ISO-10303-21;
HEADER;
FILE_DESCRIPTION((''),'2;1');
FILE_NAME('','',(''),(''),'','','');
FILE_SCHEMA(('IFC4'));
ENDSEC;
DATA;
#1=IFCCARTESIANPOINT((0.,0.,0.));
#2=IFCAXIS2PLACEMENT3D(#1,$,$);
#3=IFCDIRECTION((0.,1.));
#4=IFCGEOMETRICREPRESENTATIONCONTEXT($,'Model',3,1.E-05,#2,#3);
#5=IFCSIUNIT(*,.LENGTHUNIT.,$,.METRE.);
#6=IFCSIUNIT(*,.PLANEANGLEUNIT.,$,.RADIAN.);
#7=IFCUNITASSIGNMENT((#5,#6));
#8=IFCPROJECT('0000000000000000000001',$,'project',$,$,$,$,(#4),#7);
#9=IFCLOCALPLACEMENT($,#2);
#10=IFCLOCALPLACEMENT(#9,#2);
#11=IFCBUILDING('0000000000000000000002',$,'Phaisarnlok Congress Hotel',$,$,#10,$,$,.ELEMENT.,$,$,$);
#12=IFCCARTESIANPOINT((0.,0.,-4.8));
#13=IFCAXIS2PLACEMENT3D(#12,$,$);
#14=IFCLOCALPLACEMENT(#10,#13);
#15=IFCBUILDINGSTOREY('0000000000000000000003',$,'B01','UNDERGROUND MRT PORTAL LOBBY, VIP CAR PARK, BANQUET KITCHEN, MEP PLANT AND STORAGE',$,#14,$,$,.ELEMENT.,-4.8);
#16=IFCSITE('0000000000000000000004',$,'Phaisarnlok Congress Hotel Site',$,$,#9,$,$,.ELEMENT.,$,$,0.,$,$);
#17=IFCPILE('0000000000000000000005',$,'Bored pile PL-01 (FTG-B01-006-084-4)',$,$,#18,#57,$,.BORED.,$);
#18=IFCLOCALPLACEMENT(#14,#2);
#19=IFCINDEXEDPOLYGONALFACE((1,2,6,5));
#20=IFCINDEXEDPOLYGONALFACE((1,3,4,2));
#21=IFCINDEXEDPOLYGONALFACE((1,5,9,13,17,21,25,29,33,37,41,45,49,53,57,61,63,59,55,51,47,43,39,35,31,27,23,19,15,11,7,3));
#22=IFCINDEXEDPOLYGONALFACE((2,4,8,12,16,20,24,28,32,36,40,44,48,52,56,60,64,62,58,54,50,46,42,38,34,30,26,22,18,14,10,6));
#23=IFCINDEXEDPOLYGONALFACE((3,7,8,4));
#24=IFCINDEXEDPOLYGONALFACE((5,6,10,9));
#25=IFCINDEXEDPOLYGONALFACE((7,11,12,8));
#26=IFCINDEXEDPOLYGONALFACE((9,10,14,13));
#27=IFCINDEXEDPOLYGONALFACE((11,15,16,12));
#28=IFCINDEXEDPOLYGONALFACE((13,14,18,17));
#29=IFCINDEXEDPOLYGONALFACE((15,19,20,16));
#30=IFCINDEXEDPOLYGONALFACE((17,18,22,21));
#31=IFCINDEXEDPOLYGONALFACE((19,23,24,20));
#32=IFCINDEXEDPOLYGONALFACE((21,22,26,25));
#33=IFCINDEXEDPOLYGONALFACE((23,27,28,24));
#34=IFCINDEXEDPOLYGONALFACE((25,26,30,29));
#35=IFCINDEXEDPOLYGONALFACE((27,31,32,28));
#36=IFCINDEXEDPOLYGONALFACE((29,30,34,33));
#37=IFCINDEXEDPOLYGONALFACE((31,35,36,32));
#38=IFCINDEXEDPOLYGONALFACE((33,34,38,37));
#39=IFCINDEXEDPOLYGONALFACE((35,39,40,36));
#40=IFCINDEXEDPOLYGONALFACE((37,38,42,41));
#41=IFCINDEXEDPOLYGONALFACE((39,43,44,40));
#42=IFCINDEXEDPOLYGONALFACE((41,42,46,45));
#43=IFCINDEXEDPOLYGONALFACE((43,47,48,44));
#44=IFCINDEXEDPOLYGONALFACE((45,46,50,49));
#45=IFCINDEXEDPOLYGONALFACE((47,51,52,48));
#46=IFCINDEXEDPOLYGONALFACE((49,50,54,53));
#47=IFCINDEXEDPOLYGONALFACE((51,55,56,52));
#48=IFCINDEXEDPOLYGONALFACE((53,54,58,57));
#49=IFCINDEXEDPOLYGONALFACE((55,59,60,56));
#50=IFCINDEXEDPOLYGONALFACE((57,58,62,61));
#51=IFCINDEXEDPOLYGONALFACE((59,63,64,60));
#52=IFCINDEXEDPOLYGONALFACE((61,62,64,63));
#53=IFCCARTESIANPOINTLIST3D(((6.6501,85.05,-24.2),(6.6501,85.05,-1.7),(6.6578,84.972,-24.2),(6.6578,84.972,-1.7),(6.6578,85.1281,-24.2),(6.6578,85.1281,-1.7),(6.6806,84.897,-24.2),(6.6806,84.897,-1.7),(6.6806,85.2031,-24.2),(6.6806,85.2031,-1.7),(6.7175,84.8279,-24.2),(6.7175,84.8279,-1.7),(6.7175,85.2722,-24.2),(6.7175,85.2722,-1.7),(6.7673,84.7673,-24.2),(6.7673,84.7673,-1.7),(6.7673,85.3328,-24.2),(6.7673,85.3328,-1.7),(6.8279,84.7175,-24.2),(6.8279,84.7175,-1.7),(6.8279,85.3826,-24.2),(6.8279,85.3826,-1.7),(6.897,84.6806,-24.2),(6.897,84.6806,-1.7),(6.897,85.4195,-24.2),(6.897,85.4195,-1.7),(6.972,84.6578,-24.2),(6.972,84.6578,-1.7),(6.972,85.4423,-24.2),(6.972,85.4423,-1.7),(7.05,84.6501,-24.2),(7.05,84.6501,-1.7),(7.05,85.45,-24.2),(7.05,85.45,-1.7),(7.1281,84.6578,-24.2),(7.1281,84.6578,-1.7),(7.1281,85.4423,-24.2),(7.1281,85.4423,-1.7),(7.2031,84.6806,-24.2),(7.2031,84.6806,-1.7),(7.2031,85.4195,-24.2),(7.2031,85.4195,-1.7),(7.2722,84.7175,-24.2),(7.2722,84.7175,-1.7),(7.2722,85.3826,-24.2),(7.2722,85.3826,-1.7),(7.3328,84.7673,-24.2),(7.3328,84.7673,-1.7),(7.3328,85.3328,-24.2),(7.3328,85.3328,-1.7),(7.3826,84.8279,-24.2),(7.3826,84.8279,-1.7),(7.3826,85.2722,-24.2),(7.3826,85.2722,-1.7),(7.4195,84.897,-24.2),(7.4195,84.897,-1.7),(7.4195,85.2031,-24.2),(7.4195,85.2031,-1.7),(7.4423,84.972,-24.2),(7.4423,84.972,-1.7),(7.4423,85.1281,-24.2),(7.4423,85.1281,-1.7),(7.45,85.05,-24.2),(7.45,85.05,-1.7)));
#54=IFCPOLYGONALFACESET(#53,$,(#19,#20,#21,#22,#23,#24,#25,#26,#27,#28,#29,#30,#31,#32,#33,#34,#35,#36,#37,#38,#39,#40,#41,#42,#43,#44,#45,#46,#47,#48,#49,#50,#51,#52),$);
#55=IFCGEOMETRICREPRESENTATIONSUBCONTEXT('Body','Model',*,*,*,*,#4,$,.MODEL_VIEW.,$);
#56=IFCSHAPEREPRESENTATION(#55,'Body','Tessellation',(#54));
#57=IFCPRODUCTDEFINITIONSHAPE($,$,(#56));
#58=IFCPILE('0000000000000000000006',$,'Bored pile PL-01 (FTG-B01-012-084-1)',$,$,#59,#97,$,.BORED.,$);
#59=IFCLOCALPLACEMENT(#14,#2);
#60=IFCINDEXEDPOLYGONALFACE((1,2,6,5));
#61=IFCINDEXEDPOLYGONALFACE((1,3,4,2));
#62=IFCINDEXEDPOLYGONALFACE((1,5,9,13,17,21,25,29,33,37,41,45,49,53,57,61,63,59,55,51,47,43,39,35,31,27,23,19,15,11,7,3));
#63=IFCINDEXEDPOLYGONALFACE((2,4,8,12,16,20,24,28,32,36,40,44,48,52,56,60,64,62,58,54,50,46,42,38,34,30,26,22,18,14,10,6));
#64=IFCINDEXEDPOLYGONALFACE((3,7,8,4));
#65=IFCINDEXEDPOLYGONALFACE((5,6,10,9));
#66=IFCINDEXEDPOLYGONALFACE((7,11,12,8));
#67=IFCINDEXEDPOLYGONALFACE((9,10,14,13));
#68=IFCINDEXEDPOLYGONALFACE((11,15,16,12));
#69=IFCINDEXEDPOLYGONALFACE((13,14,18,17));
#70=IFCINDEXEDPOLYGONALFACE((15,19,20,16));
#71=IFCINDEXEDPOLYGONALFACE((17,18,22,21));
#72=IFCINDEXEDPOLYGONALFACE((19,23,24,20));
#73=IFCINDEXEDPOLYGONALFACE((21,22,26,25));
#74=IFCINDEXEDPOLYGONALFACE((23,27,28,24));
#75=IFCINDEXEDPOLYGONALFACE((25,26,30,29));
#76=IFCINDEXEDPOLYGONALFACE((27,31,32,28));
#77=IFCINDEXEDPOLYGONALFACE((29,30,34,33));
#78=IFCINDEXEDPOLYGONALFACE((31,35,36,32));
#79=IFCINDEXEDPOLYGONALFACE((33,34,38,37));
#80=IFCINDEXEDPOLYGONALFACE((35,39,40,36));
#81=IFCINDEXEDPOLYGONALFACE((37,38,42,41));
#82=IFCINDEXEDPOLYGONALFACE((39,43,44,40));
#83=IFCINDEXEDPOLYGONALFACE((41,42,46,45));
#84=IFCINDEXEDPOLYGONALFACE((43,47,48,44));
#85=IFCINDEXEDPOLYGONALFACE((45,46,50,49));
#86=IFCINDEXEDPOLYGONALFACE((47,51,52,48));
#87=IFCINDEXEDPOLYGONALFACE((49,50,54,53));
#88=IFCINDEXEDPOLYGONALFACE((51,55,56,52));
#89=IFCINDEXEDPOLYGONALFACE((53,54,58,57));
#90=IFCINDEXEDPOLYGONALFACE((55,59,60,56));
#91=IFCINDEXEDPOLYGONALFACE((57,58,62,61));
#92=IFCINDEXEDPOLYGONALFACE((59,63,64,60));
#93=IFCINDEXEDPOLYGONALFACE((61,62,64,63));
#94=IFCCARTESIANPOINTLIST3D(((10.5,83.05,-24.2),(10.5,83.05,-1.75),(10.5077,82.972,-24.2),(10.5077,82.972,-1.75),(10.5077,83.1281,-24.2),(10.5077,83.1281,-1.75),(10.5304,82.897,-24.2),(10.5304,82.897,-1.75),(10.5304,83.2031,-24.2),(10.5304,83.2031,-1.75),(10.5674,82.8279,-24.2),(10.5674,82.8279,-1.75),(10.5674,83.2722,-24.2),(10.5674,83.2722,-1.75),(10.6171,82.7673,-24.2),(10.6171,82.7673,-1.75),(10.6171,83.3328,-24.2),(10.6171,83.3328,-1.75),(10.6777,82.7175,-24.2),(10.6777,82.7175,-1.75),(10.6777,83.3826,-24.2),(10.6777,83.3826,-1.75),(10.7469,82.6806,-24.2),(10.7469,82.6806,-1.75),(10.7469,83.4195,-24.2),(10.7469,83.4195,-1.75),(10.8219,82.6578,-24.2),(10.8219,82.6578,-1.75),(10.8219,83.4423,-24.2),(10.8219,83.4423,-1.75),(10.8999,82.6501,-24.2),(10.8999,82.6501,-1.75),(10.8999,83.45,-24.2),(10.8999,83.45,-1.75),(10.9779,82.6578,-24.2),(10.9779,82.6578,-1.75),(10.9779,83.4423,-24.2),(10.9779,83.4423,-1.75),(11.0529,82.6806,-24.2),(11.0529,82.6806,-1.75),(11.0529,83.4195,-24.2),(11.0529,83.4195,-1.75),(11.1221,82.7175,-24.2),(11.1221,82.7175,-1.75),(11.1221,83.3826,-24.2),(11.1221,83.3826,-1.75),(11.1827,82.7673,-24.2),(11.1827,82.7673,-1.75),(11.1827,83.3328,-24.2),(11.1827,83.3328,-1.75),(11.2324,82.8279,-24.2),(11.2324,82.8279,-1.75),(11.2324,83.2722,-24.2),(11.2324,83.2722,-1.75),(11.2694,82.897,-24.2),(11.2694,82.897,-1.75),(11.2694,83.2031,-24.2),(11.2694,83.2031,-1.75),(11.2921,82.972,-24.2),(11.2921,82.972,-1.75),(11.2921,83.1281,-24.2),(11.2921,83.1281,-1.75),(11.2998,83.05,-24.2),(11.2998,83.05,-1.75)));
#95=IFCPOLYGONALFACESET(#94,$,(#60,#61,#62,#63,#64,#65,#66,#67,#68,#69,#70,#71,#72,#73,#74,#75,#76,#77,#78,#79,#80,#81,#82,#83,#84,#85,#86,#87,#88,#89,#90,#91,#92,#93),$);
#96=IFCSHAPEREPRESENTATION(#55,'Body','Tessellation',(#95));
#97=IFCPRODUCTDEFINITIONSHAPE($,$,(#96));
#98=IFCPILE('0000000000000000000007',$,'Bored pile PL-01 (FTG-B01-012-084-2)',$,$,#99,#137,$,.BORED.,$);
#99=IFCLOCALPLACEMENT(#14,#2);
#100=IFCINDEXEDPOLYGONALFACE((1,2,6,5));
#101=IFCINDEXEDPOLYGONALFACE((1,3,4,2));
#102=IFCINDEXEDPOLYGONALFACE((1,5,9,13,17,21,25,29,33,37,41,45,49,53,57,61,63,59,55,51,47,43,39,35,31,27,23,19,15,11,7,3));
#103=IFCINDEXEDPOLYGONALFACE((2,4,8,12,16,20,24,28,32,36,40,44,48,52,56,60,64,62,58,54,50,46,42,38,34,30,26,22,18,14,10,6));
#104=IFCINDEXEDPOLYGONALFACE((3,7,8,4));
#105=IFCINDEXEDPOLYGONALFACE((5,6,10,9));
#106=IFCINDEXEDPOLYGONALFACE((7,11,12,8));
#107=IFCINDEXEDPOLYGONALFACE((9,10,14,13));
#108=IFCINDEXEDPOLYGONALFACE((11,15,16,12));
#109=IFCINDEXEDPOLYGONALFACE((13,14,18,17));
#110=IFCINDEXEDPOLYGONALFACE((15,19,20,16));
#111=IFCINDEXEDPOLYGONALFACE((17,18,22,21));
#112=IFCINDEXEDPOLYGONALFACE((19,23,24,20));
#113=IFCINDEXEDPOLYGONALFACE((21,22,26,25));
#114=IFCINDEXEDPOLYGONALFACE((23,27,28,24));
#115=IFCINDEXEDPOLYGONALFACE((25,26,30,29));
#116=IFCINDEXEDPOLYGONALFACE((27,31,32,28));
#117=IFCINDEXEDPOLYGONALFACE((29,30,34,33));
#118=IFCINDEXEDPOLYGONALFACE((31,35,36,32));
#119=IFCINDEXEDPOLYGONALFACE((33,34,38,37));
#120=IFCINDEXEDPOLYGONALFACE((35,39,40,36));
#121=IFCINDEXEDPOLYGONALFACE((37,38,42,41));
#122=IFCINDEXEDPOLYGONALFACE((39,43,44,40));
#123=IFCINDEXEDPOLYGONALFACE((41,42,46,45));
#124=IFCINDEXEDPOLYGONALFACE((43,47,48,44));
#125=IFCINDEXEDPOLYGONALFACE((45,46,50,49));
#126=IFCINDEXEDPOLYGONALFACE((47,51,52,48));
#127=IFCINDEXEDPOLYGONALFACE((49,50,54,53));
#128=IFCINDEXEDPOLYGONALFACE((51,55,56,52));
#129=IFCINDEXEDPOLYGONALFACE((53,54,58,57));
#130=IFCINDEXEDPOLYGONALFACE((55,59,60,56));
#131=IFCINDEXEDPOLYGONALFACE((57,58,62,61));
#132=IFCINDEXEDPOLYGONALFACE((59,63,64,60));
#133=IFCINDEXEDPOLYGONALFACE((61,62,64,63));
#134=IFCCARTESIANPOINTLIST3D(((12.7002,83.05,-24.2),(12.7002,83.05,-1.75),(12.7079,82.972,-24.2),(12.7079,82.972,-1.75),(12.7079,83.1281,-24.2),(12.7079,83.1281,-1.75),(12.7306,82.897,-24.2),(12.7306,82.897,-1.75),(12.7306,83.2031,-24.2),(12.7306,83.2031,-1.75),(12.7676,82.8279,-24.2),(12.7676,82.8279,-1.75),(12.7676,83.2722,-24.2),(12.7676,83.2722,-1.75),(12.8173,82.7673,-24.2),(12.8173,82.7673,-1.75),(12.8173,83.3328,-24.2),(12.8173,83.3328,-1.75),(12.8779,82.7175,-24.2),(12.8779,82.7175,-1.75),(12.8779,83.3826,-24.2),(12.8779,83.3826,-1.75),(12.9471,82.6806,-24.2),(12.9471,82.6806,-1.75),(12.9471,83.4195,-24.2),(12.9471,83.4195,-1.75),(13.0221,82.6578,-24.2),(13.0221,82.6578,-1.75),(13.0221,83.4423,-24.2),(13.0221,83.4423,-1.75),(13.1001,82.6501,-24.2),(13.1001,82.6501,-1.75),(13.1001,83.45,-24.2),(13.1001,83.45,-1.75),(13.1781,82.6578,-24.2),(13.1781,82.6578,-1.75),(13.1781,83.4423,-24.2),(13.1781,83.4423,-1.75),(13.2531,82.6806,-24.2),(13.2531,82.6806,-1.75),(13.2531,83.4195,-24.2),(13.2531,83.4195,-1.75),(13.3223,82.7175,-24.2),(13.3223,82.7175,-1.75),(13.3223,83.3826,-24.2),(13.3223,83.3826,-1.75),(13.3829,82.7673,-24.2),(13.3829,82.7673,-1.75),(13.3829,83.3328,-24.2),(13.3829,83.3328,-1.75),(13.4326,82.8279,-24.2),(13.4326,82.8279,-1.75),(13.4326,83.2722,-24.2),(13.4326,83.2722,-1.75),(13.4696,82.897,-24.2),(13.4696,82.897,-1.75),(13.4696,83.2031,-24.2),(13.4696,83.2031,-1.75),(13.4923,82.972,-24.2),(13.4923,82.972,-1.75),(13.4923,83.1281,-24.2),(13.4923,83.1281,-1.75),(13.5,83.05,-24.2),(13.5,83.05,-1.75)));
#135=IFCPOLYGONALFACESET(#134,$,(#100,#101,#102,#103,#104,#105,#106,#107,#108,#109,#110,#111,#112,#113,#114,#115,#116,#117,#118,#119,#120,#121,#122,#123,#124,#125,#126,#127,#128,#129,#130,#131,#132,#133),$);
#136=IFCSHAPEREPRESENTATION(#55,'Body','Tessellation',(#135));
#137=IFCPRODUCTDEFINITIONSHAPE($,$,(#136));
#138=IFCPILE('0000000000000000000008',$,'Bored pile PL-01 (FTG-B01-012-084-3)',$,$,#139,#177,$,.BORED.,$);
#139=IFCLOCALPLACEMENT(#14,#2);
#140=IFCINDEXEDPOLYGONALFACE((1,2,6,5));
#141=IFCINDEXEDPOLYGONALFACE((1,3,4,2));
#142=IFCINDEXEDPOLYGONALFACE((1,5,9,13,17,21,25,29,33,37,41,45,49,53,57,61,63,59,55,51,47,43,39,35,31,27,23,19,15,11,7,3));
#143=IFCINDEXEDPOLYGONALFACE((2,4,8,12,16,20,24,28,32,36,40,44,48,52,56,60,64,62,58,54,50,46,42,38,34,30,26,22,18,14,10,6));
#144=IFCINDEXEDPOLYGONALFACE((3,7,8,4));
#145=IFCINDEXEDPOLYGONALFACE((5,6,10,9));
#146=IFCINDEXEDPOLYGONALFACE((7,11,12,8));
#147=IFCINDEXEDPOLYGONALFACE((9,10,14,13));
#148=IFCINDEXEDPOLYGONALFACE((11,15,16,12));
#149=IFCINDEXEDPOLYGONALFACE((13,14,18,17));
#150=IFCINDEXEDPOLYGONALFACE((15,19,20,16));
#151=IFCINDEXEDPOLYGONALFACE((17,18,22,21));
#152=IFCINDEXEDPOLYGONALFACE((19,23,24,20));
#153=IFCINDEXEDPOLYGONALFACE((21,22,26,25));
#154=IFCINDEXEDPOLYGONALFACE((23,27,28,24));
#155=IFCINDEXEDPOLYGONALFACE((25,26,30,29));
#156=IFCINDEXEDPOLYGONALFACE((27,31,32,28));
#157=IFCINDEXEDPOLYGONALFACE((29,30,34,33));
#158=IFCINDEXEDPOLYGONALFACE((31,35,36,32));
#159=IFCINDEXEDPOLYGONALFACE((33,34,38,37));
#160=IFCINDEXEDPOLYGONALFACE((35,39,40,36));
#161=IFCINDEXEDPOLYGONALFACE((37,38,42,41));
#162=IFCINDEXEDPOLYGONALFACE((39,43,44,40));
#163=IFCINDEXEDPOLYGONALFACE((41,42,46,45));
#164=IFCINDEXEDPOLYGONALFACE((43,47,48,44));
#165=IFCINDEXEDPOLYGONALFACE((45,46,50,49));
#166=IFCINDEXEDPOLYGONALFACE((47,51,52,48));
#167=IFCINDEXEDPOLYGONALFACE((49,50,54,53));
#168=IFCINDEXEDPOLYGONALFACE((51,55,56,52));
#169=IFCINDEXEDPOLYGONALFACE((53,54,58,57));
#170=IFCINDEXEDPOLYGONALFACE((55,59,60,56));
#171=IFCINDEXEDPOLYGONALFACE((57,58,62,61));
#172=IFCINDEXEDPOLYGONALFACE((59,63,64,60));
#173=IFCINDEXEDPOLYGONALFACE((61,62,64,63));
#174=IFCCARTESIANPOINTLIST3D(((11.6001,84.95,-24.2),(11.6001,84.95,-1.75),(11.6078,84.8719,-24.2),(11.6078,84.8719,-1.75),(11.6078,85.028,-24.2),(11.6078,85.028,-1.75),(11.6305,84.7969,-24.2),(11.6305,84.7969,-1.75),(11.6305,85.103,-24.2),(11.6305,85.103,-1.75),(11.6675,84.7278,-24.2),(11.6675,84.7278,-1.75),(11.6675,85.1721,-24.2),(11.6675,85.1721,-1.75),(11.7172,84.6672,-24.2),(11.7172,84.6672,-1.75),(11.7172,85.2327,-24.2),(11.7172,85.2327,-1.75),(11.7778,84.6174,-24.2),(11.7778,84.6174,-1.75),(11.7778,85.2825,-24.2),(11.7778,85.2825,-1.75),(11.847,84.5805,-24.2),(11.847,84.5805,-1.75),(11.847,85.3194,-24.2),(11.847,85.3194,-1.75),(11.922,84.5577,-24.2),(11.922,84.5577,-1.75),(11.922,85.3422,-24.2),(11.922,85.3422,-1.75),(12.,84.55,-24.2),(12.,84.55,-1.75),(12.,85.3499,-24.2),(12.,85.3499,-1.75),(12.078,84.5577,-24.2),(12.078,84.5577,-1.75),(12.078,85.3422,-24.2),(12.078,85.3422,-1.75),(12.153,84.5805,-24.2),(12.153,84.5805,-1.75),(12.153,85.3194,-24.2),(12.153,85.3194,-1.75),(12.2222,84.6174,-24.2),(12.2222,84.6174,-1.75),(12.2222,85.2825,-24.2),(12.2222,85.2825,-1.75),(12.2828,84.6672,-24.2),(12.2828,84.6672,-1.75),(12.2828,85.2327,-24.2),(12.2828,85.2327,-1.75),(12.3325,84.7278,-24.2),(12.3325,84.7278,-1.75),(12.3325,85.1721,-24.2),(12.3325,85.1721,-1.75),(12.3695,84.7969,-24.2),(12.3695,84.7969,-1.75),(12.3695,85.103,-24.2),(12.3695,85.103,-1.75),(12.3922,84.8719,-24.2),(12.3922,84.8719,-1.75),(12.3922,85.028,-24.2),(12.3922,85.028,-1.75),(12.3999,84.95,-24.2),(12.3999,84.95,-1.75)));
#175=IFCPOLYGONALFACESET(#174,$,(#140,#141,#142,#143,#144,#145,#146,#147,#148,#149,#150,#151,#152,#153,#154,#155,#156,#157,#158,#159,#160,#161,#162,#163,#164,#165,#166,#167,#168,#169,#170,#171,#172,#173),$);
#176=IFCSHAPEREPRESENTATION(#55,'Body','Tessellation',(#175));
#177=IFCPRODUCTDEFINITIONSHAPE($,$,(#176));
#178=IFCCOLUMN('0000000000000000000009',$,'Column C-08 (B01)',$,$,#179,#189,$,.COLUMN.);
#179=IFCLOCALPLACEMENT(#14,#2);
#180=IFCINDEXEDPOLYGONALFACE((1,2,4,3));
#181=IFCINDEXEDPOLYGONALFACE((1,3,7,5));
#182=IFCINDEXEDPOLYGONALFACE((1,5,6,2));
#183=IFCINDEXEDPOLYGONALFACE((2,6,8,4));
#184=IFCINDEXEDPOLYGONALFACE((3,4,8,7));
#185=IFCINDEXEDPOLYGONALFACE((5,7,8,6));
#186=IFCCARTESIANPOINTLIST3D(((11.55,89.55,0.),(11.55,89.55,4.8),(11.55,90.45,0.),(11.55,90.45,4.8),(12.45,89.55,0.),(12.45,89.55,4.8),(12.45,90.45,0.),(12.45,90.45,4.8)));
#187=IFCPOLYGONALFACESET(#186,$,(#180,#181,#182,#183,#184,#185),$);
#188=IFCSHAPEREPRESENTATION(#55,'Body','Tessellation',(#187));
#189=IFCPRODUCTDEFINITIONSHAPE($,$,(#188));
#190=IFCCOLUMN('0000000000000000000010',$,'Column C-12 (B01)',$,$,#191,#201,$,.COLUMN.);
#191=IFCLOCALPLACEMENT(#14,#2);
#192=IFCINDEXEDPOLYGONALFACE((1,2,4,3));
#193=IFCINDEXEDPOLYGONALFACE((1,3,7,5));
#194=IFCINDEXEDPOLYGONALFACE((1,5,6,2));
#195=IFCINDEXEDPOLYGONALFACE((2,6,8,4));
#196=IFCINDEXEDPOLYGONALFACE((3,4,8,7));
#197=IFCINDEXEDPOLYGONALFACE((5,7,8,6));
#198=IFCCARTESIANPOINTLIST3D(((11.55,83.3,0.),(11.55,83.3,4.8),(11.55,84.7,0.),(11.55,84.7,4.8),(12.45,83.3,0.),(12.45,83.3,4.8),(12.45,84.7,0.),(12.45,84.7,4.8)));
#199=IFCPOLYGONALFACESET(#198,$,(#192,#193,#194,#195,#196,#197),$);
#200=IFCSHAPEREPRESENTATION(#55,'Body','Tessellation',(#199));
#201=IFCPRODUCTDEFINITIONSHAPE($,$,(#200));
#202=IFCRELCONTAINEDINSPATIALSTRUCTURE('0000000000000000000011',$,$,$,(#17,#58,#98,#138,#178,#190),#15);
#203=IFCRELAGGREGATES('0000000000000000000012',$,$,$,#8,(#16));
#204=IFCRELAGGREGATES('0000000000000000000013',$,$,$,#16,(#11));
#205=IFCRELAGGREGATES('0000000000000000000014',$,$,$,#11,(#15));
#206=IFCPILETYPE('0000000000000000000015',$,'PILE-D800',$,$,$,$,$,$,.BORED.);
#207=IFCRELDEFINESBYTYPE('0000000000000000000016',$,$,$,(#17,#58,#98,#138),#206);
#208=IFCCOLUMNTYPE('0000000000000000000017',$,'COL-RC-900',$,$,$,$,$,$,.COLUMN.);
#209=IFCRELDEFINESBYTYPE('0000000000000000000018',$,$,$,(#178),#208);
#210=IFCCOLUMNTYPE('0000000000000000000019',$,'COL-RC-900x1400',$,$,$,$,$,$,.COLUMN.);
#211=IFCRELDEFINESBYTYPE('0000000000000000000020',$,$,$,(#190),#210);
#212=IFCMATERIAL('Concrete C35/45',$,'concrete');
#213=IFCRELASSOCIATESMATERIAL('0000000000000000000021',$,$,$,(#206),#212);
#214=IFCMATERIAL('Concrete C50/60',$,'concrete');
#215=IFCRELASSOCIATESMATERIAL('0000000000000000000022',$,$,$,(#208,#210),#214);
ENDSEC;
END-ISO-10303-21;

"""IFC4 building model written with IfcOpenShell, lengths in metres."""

from ifc_helpers import new_model, si_unit, direction, frame, origin, origin_2d, place, context, subcontext, project, spatial, rectangle, circle, extrude, material, material_profile, profile_set, type_object, element, save


model = new_model("IFC4")

# Units and contexts
model_context = context("Model", 3, precision=1e-05, world=origin(), true_north=direction((0.0, 1.0)))
body_context = subcontext(model_context, "Body", "Model", "MODEL_VIEW")
ifc_project = project(units=[si_unit("LENGTHUNIT", "METRE"), si_unit("PLANEANGLEUNIT", "RADIAN")], contexts=[model_context])

# Site, building, storey
site_placement = place(None, origin())
site = spatial("IfcSite", under=ifc_project, at=site_placement, Name="Phaisarnlok Congress Hotel Site", CompositionType="ELEMENT", RefElevation=0.0)
building_placement = place(site_placement, origin())
building = spatial("IfcBuilding", under=site, at=building_placement, Name="Phaisarnlok Congress Hotel", CompositionType="ELEMENT")
storey_placement = place(building_placement, frame((0.0, 0.0, -4.8)))
storey = spatial("IfcBuildingStorey", under=building, at=storey_placement, Name="B01", Description="UNDERGROUND MRT PORTAL LOBBY, VIP CAR PARK, BANQUET KITCHEN, MEP PLANT AND STORAGE", CompositionType="ELEMENT", Elevation=-4.8)

# Piles
ifc_material_1 = material(Name="Concrete C35/45", Category="concrete")
ifc_material_profile_1 = material_profile(ifc_material_1, circle(Radius=0.3999, at=origin_2d()), Name="BORED PILE D800")
ifc_profile_set_1 = profile_set([ifc_material_profile_1], Name="Concrete C35/45")
pile_type_1 = type_object("IfcPileType", Name="PILE-D800", PredefinedType="BORED", material=ifc_profile_set_1)
for number, where, z_axis, x_axis, name in (
    (1, (7.05, 85.05, -1.7), (0.0, 0.0, -1.0), (1.0, 0.0, 0.0), "Bored pile PL-01 (FTG-B01-006-084-4)"),
):
    element("IfcPile", number, at=place(storey_placement, frame(where, z_axis=z_axis, x_axis=x_axis)), inside=storey, type_object=pile_type_1, Name=name, PredefinedType="BORED", context=body_context, shape_type="SweptSolid", body=[
        extrude(circle(Radius=0.3999, at=origin_2d()), origin(), (0.0, 0.0, 1.0), 22.5),
    ])
for number, where, z_axis, x_axis, name in (
    (2, (10.8999, 83.05, -1.75), (0.0, 0.0, -1.0), (1.0, 0.0, 0.0), "Bored pile PL-01 (FTG-B01-012-084-1)"),
    (3, (13.1001, 83.05, -1.75), (0.0, 0.0, -1.0), (1.0, 0.0, 0.0), "Bored pile PL-01 (FTG-B01-012-084-2)"),
    (4, (12.0, 84.95, -1.75), (0.0, 0.0, -1.0), (1.0, 0.0, 0.0), "Bored pile PL-01 (FTG-B01-012-084-3)"),
):
    element("IfcPile", number, at=place(storey_placement, frame(where, z_axis=z_axis, x_axis=x_axis)), inside=storey, type_object=pile_type_1, Name=name, PredefinedType="BORED", context=body_context, shape_type="SweptSolid", body=[
        extrude(circle(Radius=0.3999, at=origin_2d()), origin(), (0.0, 0.0, 1.0), 22.45),
    ])

# Columns
ifc_material_2 = material(Name="Concrete C50/60", Category="concrete")
ifc_material_profile_2 = material_profile(ifc_material_2, rectangle(XDim=0.8999, YDim=0.8999, at=origin_2d()), Name="RC 900x900")
ifc_profile_set_2 = profile_set([ifc_material_profile_2], Name="Concrete C50/60")
column_type_1 = type_object("IfcColumnType", Name="COL-RC-900", PredefinedType="COLUMN", material=ifc_profile_set_2)
column_1_placement = place(storey_placement, frame((12.0, 90.0, 0.0), z_axis=(0.0, 0.0, 1.0), x_axis=(1.0, 0.0, 0.0)))
element("IfcColumn", 5, at=column_1_placement, inside=storey, type_object=column_type_1, Name="Column C-08 (B01)", PredefinedType="COLUMN", context=body_context, shape_type="SweptSolid", body=[
    extrude(rectangle(XDim=0.8999, YDim=0.8999, at=origin_2d()), origin(), (0.0, 0.0, 1.0), 4.8),
])
ifc_material_profile_3 = material_profile(ifc_material_2, rectangle(XDim=0.8999, YDim=1.3999, at=origin_2d()), Name="RC 900x1400")
ifc_profile_set_3 = profile_set([ifc_material_profile_3], Name="Concrete C50/60")
column_type_2 = type_object("IfcColumnType", Name="COL-RC-900x1400", PredefinedType="COLUMN", material=ifc_profile_set_3)
column_2_placement = place(storey_placement, frame((12.0, 84.0, 0.0), z_axis=(0.0, 0.0, 1.0), x_axis=(1.0, 0.0, 0.0)))
element("IfcColumn", 6, at=column_2_placement, inside=storey, type_object=column_type_2, Name="Column C-12 (B01)", PredefinedType="COLUMN", context=body_context, shape_type="SweptSolid", body=[
    extrude(rectangle(XDim=0.8999, YDim=1.3999, at=origin_2d()), origin(), (0.0, 0.0, 1.0), 4.8),
])

save(model, "model.ifc")
